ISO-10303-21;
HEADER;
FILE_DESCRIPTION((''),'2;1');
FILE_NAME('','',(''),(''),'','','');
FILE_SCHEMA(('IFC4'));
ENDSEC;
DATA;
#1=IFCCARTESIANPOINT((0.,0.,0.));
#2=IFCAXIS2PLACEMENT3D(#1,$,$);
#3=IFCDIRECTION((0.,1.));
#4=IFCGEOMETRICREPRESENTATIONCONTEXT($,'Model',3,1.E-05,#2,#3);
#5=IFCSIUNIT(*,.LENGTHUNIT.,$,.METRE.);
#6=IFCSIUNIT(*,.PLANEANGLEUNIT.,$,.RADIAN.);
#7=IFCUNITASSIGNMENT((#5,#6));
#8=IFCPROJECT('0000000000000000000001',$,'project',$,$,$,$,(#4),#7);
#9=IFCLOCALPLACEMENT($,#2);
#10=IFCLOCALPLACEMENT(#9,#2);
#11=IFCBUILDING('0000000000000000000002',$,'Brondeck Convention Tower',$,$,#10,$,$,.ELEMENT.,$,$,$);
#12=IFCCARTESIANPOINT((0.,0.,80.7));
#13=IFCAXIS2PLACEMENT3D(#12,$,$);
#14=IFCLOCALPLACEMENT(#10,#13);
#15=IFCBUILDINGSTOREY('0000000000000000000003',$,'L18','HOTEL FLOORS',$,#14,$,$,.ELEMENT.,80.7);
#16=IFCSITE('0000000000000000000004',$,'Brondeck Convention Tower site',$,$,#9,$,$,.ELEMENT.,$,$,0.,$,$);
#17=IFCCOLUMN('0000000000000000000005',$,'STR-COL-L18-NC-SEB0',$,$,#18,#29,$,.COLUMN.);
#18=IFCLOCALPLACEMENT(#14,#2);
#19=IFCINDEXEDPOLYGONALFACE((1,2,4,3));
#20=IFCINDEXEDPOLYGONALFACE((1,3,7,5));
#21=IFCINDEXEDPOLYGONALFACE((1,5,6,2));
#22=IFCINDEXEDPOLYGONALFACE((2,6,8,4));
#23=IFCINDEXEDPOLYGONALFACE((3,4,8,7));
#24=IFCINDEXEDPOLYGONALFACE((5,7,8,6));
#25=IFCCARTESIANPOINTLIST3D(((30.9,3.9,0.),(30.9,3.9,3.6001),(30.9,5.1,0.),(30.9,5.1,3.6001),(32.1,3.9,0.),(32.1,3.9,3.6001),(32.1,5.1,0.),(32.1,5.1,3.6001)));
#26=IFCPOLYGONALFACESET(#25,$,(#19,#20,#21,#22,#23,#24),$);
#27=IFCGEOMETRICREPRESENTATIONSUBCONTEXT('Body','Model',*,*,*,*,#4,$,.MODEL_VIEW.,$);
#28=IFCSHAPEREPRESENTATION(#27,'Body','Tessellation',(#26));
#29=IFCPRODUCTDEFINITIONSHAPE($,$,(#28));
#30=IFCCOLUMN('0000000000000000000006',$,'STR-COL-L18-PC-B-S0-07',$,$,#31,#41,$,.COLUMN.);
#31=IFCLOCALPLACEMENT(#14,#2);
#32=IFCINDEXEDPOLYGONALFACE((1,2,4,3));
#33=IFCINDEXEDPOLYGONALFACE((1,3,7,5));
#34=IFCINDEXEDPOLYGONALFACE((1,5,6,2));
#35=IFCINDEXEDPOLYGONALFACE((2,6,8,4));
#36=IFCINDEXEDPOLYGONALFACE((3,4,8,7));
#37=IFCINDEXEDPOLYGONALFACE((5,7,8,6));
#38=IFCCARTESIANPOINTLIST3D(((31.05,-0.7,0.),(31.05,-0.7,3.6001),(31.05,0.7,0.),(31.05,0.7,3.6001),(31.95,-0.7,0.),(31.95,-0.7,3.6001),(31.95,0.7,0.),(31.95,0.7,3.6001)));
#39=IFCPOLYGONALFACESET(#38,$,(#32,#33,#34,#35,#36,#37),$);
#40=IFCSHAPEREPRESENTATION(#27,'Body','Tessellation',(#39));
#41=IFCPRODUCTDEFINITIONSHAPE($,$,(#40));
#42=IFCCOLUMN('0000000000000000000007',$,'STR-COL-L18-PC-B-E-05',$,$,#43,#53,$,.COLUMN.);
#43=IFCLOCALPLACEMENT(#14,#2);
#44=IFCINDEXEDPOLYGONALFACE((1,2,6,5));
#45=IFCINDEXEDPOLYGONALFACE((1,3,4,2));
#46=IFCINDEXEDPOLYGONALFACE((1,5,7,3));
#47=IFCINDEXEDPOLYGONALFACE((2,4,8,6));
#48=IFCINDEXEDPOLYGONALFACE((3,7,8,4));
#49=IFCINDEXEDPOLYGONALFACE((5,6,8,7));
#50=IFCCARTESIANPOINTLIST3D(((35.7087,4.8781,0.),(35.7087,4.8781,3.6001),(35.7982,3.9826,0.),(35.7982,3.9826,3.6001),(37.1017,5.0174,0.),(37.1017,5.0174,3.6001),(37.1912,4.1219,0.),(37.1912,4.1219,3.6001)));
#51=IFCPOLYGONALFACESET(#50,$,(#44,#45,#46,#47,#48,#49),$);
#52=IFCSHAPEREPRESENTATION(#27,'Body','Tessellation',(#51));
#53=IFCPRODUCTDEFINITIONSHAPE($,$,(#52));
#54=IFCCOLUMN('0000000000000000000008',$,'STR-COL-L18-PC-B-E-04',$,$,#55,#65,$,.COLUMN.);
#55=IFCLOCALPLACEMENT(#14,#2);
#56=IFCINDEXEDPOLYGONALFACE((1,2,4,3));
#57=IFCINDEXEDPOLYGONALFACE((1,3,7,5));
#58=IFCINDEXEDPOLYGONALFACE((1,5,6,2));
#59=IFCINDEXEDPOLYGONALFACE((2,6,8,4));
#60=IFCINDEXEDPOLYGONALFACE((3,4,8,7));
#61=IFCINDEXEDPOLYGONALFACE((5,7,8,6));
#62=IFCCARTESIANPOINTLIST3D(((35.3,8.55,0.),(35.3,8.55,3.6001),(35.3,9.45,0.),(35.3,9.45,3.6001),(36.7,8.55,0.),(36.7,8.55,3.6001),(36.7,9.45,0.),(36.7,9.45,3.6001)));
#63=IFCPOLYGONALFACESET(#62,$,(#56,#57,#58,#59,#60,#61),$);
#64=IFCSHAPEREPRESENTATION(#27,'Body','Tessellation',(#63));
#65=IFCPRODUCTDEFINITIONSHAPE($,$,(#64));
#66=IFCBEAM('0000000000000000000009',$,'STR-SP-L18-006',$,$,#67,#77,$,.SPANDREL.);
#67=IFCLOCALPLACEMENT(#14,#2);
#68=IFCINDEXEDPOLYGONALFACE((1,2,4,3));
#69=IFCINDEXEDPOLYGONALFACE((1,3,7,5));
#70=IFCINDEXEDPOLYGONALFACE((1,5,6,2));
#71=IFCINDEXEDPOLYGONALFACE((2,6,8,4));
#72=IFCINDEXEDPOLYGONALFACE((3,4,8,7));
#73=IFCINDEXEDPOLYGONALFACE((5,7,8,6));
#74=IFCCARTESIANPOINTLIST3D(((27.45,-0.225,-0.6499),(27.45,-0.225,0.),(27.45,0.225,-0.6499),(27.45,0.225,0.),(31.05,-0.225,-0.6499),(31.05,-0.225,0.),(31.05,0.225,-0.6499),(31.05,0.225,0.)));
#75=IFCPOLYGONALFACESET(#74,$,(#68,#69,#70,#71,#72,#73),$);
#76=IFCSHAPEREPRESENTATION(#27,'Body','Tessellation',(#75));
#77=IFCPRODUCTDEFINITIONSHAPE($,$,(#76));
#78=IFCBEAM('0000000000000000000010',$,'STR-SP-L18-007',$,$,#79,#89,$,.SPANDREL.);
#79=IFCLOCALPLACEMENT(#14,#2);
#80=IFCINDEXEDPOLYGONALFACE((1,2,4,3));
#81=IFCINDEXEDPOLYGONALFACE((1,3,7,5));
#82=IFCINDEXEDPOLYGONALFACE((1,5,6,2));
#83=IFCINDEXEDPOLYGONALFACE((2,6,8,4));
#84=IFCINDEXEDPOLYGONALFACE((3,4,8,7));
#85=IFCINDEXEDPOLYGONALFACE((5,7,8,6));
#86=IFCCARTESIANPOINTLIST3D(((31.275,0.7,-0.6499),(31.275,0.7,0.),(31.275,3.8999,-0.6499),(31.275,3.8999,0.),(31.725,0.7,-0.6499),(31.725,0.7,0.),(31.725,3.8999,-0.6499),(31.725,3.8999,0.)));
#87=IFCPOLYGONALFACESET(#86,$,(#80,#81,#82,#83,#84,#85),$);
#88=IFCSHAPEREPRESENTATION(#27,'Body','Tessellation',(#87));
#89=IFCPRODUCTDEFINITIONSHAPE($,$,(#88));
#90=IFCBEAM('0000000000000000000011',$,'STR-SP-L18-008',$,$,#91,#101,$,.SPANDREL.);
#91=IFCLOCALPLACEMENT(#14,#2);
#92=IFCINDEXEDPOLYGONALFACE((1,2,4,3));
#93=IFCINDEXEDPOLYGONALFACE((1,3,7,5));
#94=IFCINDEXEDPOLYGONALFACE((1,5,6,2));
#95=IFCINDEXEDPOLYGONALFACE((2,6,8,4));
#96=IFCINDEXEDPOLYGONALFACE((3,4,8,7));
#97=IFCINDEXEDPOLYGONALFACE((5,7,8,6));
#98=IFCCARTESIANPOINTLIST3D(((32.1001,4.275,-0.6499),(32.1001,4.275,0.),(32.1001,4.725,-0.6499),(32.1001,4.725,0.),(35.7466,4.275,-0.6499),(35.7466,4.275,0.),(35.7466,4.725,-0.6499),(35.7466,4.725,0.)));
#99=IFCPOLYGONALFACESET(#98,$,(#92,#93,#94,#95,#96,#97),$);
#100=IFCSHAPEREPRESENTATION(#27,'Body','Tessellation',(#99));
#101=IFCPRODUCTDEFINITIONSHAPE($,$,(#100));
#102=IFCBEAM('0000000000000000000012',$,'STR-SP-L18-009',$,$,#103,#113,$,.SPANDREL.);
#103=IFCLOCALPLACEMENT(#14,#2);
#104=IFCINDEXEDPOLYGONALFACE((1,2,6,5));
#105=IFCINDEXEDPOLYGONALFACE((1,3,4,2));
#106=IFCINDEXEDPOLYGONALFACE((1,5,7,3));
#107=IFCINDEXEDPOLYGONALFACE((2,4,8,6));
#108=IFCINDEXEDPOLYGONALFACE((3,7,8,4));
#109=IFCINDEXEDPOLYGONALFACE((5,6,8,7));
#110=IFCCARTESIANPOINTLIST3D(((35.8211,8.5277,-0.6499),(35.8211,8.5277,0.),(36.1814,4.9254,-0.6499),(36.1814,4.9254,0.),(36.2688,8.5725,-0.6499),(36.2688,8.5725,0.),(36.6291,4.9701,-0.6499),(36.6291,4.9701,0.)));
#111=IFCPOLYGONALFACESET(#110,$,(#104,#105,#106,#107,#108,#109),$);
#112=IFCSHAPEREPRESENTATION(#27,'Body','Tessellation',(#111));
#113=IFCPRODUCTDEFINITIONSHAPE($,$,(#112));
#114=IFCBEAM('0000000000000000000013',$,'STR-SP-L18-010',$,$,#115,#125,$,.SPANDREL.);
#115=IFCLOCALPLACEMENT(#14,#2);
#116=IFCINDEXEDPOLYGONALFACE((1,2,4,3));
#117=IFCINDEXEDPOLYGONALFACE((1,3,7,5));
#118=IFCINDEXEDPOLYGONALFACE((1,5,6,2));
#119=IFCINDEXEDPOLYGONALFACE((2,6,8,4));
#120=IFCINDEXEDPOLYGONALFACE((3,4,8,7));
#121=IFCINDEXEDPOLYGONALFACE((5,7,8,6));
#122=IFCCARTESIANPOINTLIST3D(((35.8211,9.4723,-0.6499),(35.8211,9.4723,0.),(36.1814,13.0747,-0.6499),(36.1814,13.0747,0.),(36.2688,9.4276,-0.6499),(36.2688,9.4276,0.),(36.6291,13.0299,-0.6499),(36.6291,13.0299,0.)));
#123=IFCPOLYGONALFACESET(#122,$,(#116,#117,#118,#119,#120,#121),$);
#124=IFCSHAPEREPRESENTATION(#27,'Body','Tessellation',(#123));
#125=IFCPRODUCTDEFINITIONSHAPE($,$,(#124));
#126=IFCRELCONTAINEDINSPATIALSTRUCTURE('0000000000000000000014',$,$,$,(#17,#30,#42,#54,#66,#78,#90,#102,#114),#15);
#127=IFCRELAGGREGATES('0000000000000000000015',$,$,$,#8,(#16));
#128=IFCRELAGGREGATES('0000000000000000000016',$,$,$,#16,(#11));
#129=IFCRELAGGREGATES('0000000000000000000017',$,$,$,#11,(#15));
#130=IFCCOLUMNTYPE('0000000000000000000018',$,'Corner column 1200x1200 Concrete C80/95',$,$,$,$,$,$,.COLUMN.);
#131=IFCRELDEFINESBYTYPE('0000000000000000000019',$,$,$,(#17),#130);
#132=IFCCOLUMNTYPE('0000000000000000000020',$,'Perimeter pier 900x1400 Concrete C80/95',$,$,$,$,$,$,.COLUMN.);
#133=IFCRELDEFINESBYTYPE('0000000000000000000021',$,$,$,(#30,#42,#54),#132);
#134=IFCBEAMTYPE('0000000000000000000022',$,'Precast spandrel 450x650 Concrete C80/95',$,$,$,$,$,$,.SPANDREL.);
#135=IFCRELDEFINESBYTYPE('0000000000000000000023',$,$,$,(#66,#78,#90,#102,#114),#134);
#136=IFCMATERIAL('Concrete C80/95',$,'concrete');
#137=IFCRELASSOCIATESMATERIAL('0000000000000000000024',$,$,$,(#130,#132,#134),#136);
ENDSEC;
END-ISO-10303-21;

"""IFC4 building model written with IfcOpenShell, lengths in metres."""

from ifc_helpers import new_model, si_unit, direction, frame, origin, origin_2d, place, context, subcontext, project, spatial, rectangle, extrude, material, material_profile, profile_set, type_object, element, save


model = new_model("IFC4")

# Units and contexts
model_context = context("Model", 3, precision=1e-05, world=origin(), true_north=direction((0.0, 1.0)))
body_context = subcontext(model_context, "Body", "Model", "MODEL_VIEW")
ifc_project = project(units=[si_unit("LENGTHUNIT", "METRE"), si_unit("PLANEANGLEUNIT", "RADIAN")], contexts=[model_context])

# Site, building, storey
site_placement = place(None, origin())
site = spatial("IfcSite", under=ifc_project, at=site_placement, Name="Brondeck Convention Tower site", CompositionType="ELEMENT", RefElevation=0.0)
building_placement = place(site_placement, origin())
building = spatial("IfcBuilding", under=site, at=building_placement, Name="Brondeck Convention Tower", CompositionType="ELEMENT")
storey_placement = place(building_placement, frame((0.0, 0.0, 80.7)))
storey = spatial("IfcBuildingStorey", under=building, at=storey_placement, Name="L18", Description="HOTEL FLOORS", CompositionType="ELEMENT", Elevation=80.7)

# Columns
ifc_material_1 = material(Name="Concrete C80/95", Category="concrete")
ifc_material_profile_1 = material_profile(ifc_material_1, rectangle(XDim=1.2, YDim=1.2, at=origin_2d()), Name="Corner column 1200x1200 Concrete C80/95")
ifc_profile_set_1 = profile_set([ifc_material_profile_1], Name="Concrete C80/95")
column_type_1 = type_object("IfcColumnType", Name="Corner column 1200x1200 Concrete C80/95", PredefinedType="COLUMN", material=ifc_profile_set_1)
column_placement = place(storey_placement, frame((31.5, 4.5, 0.0), z_axis=(0.0, 0.0, 1.0), x_axis=(1.0, 0.0, 0.0)))
element("IfcColumn", 1, at=column_placement, inside=storey, type_object=column_type_1, Name="STR-COL-L18-NC-SEB0", PredefinedType="COLUMN", context=body_context, shape_type="SweptSolid", body=[
    extrude(rectangle(XDim=1.2, YDim=1.2, at=origin_2d()), origin(), (0.0, 0.0, 1.0), 3.6001),
])
ifc_material_profile_2 = material_profile(ifc_material_1, rectangle(XDim=0.8999, YDim=1.3999, at=origin_2d()), Name="Perimeter pier 900x1400 Concrete C80/95")
ifc_profile_set_2 = profile_set([ifc_material_profile_2], Name="Concrete C80/95")
column_type_2 = type_object("IfcColumnType", Name="Perimeter pier 900x1400 Concrete C80/95", PredefinedType="COLUMN", material=ifc_profile_set_2)
for number, where, z_axis, x_axis, name in (
    (2, (31.5, 0.0, 0.0), (0.0, 0.0, 1.0), (1.0, 0.0, 0.0), "STR-COL-L18-PC-B-S0-07"),
    (3, (36.45, 4.5, 0.0), (0.0, 0.0, 1.0), (-0.099504, 0.995037, 0.0), "STR-COL-L18-PC-B-E-05"),
    (4, (36.0, 9.0, 0.0), (0.0, 0.0, 1.0), (0.0, 1.0, 0.0), "STR-COL-L18-PC-B-E-04"),
):
    element("IfcColumn", number, at=place(storey_placement, frame(where, z_axis=z_axis, x_axis=x_axis)), inside=storey, type_object=column_type_2, Name=name, PredefinedType="COLUMN", context=body_context, shape_type="SweptSolid", body=[
        extrude(rectangle(XDim=0.8999, YDim=1.3999, at=origin_2d()), origin(), (0.0, 0.0, 1.0), 3.6001),
    ])

# Beams
ifc_material_profile_3 = material_profile(ifc_material_1, rectangle(XDim=0.45, YDim=0.6499, at=origin_2d()), Name="Precast spandrel 450x650 Concrete C80/95")
ifc_profile_set_3 = profile_set([ifc_material_profile_3], Name="Concrete C80/95")
beam_type = type_object("IfcBeamType", Name="Precast spandrel 450x650 Concrete C80/95", PredefinedType="SPANDREL", material=ifc_profile_set_3)
beam_1_placement = place(storey_placement, frame((27.45, 0.0, -0.325), z_axis=(1.0, 0.0, 0.0), x_axis=(0.0, 1.0, 0.0)))
element("IfcBeam", 5, at=beam_1_placement, inside=storey, type_object=beam_type, Name="STR-SP-L18-006", PredefinedType="SPANDREL", context=body_context, shape_type="SweptSolid", body=[
    extrude(rectangle(XDim=0.45, YDim=0.6499, at=origin_2d()), origin(), (0.0, 0.0, 1.0), 3.6001),
])
beam_2_placement = place(storey_placement, frame((31.5, 0.7, -0.325), z_axis=(0.0, 1.0, 0.0), x_axis=(-1.0, 0.0, 0.0)))
element("IfcBeam", 6, at=beam_2_placement, inside=storey, type_object=beam_type, Name="STR-SP-L18-007", PredefinedType="SPANDREL", context=body_context, shape_type="SweptSolid", body=[
    extrude(rectangle(XDim=0.45, YDim=0.6499, at=origin_2d()), origin(), (0.0, 0.0, 1.0), 3.2),
])
beam_3_placement = place(storey_placement, frame((32.1001, 4.5, -0.325), z_axis=(1.0, 0.0, 0.0), x_axis=(0.0, 1.0, 0.0)))
element("IfcBeam", 7, at=beam_3_placement, inside=storey, type_object=beam_type, Name="STR-SP-L18-008", PredefinedType="SPANDREL", context=body_context, shape_type="SweptSolid", body=[
    extrude(rectangle(XDim=0.45, YDim=0.6499, at=origin_2d()), origin(), (0.0, 0.0, 1.0), 3.6465),
])
for number, where, z_axis, x_axis, name in (
    (8, (36.4053, 4.9478, -0.325), (-0.099537, 0.995034, 0.0), (-0.995034, -0.099537, 0.0), "STR-SP-L18-009"),
    (9, (36.0449, 9.45, -0.325), (0.099537, 0.995034, 0.0), (-0.995034, 0.099537, 0.0), "STR-SP-L18-010"),
):
    element("IfcBeam", number, at=place(storey_placement, frame(where, z_axis=z_axis, x_axis=x_axis)), inside=storey, type_object=beam_type, Name=name, PredefinedType="SPANDREL", context=body_context, shape_type="SweptSolid", body=[
        extrude(rectangle(XDim=0.45, YDim=0.6499, at=origin_2d()), origin(), (0.0, 0.0, 1.0), 3.6204),
    ])

save(model, "model.ifc")
